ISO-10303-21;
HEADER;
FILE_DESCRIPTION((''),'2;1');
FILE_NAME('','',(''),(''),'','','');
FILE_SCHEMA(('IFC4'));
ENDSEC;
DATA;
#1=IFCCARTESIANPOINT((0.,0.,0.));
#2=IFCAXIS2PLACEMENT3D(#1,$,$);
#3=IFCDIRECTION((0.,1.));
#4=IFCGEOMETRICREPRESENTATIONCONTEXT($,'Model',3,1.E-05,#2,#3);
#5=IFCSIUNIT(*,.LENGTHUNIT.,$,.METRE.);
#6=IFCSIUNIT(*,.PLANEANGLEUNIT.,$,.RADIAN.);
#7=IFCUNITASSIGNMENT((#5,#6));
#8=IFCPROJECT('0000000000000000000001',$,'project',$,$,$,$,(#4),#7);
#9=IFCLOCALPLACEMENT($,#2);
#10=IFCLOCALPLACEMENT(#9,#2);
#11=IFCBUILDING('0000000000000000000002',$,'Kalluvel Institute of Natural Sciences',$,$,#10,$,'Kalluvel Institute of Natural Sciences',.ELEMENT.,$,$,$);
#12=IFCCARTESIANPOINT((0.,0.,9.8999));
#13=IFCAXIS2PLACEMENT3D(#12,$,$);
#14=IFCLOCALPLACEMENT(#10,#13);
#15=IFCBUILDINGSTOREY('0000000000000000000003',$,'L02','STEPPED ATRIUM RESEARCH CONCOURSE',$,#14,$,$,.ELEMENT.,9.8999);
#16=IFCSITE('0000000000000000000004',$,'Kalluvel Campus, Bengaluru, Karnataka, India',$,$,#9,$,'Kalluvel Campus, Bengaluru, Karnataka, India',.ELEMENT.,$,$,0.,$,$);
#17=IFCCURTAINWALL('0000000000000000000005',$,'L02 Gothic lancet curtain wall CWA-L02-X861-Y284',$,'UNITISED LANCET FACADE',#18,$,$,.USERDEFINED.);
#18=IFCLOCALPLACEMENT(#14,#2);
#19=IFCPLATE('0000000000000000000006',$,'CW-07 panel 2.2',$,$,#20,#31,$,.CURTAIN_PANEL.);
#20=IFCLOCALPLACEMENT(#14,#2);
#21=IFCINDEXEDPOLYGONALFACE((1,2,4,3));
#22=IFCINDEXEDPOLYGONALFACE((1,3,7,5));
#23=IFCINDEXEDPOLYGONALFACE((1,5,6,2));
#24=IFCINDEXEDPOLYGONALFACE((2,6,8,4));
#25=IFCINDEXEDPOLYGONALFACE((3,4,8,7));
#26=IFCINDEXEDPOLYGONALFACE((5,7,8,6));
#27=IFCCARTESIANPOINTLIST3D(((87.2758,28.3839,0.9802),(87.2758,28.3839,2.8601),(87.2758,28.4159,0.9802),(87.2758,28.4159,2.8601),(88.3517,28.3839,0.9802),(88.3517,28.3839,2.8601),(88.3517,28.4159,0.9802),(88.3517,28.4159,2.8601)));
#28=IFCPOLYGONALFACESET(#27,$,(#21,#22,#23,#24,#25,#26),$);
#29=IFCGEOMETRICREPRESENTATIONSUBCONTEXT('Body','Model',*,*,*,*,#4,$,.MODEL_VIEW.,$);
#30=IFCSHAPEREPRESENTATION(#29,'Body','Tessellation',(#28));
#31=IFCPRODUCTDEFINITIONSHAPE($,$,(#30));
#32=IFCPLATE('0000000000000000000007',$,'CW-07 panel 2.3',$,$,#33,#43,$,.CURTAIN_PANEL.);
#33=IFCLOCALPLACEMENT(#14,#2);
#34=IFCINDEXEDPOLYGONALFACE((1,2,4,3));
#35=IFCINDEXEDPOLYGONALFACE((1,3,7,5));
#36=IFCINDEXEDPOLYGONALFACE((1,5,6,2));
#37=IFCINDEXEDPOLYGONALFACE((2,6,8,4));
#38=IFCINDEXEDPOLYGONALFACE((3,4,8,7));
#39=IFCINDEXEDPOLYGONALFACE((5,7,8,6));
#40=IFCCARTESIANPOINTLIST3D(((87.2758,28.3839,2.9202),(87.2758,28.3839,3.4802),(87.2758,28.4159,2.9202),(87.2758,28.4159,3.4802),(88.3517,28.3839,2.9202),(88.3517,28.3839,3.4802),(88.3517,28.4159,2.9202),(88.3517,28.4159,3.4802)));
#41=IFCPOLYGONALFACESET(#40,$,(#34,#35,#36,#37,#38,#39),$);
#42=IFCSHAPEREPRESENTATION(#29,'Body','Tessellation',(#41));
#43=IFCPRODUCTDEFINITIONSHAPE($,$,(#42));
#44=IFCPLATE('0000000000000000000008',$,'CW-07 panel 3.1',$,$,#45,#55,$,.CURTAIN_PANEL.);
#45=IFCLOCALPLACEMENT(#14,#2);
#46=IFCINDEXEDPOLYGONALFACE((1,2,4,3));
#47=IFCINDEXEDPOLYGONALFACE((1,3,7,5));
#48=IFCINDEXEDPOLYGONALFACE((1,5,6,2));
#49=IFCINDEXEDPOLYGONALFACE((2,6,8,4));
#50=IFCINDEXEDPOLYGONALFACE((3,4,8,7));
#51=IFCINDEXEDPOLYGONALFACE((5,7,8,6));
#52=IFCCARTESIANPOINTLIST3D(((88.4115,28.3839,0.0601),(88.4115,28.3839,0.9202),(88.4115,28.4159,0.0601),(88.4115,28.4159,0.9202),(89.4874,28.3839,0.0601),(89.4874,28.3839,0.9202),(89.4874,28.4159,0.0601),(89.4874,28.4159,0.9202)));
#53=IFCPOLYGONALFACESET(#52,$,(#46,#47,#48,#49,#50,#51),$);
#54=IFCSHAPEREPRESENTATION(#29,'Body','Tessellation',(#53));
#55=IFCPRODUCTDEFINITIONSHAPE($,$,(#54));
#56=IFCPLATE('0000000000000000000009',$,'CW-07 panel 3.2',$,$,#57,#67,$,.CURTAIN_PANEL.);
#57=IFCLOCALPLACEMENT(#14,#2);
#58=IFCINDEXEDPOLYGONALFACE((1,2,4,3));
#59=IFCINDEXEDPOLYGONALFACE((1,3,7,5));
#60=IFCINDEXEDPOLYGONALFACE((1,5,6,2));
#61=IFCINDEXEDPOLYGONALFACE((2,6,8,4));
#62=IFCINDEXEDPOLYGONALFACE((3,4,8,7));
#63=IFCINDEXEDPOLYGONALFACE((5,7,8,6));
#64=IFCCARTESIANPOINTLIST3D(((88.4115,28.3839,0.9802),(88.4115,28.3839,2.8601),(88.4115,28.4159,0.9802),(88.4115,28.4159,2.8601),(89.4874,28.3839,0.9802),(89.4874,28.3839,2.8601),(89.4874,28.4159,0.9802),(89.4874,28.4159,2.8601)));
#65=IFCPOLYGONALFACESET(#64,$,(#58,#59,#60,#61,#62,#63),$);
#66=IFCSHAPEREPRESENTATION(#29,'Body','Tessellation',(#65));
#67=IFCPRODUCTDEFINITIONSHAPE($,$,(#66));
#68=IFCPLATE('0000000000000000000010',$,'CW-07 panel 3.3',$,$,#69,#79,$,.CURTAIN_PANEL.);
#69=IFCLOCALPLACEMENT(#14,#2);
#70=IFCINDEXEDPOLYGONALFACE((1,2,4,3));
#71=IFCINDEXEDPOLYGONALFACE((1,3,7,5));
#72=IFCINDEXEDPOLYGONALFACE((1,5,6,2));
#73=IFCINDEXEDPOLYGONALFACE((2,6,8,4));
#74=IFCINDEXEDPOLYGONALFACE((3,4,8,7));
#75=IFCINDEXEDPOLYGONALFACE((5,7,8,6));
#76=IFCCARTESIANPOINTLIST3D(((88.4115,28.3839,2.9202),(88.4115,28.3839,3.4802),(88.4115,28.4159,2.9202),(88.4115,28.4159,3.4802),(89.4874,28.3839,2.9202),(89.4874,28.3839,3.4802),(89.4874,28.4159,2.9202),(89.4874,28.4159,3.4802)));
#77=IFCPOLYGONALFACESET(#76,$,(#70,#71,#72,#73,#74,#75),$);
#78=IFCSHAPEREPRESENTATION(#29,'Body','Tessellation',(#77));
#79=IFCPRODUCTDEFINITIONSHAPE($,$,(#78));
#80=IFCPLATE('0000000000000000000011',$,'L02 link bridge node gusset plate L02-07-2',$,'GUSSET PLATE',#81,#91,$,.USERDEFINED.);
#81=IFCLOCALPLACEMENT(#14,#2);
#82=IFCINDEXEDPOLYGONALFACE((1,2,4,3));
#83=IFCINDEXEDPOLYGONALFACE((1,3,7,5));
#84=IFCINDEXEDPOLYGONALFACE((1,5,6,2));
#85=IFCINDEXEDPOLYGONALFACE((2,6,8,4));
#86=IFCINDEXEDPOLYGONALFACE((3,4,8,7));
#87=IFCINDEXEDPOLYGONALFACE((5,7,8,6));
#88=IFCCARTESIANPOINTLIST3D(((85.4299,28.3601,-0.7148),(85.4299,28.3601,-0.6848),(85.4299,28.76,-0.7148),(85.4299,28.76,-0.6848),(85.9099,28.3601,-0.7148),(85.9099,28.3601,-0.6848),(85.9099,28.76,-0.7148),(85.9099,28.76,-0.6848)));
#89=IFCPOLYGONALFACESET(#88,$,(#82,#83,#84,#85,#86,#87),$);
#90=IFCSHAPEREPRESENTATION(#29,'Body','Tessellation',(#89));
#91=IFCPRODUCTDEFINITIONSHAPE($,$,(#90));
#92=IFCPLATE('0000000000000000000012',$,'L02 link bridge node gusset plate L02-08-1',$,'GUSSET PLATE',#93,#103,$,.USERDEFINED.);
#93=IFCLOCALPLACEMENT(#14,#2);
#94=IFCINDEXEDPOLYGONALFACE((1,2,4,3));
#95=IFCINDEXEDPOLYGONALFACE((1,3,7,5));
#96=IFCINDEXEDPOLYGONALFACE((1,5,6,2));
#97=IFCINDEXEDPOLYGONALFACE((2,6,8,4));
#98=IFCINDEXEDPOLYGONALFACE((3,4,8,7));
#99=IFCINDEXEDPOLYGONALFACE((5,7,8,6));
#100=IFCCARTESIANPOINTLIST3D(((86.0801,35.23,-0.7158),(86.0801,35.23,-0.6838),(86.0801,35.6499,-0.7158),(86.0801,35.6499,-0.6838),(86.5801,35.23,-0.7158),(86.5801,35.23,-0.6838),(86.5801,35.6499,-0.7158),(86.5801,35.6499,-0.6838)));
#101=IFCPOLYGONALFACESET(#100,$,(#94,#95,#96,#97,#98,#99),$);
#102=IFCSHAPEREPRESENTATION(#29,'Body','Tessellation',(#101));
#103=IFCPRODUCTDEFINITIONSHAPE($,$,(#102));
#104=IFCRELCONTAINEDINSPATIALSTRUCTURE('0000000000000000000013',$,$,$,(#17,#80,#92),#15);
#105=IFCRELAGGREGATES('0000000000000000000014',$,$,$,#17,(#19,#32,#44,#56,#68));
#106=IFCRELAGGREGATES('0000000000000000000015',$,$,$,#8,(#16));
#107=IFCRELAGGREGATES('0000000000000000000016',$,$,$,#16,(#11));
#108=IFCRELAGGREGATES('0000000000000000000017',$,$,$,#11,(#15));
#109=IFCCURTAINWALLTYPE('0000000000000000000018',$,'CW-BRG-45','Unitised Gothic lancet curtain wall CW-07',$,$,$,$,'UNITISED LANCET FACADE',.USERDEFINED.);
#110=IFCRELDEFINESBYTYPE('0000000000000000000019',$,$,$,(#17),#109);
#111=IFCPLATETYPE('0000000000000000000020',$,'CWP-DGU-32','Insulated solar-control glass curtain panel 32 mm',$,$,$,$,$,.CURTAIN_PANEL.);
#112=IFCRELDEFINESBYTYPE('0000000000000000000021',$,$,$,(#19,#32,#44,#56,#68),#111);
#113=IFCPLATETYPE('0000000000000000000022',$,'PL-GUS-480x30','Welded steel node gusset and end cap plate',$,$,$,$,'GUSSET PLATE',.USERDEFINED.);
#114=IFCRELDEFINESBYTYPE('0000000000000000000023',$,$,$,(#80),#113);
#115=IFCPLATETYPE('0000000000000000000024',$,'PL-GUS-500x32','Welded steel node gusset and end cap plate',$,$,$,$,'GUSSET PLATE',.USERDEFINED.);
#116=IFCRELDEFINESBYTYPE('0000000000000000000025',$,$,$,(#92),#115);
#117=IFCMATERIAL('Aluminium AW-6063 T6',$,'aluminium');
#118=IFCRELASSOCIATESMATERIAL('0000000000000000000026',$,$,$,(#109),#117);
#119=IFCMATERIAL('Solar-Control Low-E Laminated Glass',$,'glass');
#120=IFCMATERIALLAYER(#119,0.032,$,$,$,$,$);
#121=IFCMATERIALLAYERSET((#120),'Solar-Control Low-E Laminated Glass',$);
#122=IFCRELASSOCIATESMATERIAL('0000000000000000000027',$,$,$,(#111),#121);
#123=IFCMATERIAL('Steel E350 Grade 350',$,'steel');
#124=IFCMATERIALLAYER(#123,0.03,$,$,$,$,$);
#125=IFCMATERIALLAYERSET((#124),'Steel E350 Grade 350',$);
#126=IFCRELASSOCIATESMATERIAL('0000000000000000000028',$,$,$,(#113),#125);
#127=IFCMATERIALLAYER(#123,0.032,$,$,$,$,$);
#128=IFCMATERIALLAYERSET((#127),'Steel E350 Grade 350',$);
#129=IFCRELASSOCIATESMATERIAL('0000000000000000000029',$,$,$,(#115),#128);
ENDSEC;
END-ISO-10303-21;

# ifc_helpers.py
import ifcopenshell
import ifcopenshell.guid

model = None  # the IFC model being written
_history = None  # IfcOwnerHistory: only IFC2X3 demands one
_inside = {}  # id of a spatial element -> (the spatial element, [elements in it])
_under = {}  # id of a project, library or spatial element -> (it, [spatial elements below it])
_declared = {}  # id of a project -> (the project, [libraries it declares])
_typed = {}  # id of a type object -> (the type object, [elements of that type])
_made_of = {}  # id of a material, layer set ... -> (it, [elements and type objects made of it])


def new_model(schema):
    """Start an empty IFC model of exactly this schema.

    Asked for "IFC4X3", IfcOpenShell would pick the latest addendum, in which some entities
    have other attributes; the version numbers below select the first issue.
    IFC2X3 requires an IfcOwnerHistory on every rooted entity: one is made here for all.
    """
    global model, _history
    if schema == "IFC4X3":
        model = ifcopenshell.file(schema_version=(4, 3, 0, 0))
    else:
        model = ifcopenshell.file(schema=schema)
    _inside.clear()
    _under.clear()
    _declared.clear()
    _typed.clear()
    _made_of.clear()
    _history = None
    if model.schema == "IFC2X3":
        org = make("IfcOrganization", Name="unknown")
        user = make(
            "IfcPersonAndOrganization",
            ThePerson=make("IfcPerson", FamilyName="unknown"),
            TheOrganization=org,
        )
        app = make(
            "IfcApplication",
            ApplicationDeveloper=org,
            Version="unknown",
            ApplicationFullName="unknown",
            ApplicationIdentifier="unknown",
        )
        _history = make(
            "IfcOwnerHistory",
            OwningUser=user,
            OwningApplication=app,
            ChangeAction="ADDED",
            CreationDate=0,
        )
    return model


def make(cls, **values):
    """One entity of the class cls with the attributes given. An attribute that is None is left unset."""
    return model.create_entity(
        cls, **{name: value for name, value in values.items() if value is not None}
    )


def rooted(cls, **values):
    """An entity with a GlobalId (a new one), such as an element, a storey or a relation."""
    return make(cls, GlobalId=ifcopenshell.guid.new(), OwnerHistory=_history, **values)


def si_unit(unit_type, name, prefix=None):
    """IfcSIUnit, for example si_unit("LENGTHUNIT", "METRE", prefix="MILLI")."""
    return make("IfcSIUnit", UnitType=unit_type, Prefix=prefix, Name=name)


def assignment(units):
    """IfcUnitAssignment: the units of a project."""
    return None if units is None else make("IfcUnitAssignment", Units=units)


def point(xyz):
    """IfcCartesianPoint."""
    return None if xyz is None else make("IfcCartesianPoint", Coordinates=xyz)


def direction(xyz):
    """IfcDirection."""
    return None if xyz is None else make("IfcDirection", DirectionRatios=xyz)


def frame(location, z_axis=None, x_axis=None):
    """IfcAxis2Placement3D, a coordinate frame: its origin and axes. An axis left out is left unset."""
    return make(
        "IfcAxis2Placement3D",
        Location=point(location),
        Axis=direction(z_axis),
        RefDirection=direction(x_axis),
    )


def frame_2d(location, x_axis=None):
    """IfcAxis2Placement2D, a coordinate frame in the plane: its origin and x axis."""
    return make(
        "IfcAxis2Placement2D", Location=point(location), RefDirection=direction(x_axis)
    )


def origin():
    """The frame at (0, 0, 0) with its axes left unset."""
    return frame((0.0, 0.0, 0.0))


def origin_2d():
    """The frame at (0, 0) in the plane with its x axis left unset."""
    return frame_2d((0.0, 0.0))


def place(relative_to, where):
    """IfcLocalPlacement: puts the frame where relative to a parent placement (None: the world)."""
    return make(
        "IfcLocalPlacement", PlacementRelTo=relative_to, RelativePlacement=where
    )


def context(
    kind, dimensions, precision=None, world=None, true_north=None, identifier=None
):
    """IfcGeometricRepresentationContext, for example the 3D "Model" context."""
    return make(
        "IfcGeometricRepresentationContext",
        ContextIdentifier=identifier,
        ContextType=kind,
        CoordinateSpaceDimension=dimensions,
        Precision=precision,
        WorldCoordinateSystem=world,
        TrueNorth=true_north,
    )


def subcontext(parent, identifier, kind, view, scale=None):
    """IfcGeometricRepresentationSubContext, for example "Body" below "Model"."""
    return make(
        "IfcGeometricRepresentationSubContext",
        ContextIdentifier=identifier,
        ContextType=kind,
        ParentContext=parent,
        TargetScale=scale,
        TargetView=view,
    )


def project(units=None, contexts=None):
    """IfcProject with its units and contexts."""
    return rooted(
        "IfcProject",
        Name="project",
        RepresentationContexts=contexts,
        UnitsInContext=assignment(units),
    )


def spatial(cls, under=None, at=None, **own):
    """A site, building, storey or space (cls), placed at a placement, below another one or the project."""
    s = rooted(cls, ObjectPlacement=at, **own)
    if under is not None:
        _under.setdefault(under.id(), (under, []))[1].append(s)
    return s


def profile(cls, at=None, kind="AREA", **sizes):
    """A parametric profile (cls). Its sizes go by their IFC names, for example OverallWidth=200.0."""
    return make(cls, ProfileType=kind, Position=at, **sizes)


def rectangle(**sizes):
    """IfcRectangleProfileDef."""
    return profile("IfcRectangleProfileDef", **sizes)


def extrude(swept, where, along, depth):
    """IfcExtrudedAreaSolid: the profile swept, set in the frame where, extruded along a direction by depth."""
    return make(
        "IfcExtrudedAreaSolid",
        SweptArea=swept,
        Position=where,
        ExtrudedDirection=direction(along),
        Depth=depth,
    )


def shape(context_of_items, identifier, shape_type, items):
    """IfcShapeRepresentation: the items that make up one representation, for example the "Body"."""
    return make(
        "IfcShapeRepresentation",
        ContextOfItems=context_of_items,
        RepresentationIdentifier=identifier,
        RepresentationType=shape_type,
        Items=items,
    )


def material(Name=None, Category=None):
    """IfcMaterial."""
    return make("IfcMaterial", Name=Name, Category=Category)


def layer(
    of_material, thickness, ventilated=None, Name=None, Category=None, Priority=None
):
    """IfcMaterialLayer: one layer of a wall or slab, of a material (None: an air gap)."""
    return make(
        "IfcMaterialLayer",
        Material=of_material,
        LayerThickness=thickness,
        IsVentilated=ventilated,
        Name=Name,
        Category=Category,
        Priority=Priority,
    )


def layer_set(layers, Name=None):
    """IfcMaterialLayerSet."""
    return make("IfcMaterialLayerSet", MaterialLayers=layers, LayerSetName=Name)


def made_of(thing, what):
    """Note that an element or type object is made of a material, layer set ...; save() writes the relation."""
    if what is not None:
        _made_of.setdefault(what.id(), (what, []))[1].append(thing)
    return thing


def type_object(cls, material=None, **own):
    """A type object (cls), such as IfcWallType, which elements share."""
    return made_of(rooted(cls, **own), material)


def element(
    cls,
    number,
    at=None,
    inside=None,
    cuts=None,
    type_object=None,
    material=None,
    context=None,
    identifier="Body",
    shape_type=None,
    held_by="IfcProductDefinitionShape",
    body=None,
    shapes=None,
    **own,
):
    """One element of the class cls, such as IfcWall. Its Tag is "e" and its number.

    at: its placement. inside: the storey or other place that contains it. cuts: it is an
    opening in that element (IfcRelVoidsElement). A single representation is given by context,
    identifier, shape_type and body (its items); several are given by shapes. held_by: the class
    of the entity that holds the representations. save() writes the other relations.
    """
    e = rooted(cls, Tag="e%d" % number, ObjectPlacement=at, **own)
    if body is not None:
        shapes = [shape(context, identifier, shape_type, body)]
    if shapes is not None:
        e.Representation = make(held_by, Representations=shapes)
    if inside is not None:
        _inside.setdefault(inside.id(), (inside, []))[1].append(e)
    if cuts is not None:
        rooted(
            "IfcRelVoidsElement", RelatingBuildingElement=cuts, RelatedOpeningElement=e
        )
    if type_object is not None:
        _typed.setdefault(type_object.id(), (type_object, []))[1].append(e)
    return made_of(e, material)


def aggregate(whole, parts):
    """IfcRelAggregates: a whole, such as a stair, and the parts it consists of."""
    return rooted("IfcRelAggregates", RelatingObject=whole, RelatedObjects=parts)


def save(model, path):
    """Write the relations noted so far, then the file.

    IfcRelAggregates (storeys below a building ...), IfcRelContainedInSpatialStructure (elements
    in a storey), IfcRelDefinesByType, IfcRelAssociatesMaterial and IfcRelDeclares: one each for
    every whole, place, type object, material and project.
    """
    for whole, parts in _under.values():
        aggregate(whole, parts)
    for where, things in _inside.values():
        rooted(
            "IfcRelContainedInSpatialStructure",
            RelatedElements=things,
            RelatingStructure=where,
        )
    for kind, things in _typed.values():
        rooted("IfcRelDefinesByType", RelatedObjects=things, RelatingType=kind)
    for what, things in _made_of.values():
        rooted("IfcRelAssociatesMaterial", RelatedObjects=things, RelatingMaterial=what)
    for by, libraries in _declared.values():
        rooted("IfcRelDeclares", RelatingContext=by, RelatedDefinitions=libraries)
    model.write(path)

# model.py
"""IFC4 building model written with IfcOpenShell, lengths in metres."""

from ifc_helpers import new_model, si_unit, direction, frame, origin, origin_2d, place, context, subcontext, project, spatial, rectangle, extrude, material, layer, layer_set, type_object, element, aggregate, save


model = new_model("IFC4")

# Units and contexts
model_context = context("Model", 3, precision=1e-05, world=origin(), true_north=direction((0.0, 1.0)))
body_context = subcontext(model_context, "Body", "Model", "MODEL_VIEW")
ifc_project = project(units=[si_unit("LENGTHUNIT", "METRE"), si_unit("PLANEANGLEUNIT", "RADIAN")], contexts=[model_context])

# Site, building, storey
site_placement = place(None, origin())
site = spatial("IfcSite", under=ifc_project, at=site_placement, Name="Kalluvel Campus, Bengaluru, Karnataka, India", LongName="Kalluvel Campus, Bengaluru, Karnataka, India", CompositionType="ELEMENT", RefElevation=0.0)
building_placement = place(site_placement, origin())
building = spatial("IfcBuilding", under=site, at=building_placement, Name="Kalluvel Institute of Natural Sciences", LongName="Kalluvel Institute of Natural Sciences", CompositionType="ELEMENT")
storey_placement = place(building_placement, frame((0.0, 0.0, 9.8999)))
storey = spatial("IfcBuildingStorey", under=building, at=storey_placement, Name="L02", Description="STEPPED ATRIUM RESEARCH CONCOURSE", CompositionType="ELEMENT", Elevation=9.8999)

# Shared definitions
ifc_material_1 = material(Name="Steel E350 Grade 350", Category="steel")

# Curtain wall, plates
ifc_material_2 = material(Name="Aluminium AW-6063 T6", Category="aluminium")
curtain_wall_type = type_object("IfcCurtainWallType", Name="CW-BRG-45", Description="Unitised Gothic lancet curtain wall CW-07", ElementType="UNITISED LANCET FACADE", PredefinedType="USERDEFINED", material=ifc_material_2)
curtain_wall_placement = place(storey_placement, origin())
curtain_wall = element("IfcCurtainWall", 1, at=curtain_wall_placement, inside=storey, type_object=curtain_wall_type, Name="L02 Gothic lancet curtain wall CWA-L02-X861-Y284", ObjectType="UNITISED LANCET FACADE", PredefinedType="USERDEFINED")
ifc_material_3 = material(Name="Solar-Control Low-E Laminated Glass", Category="glass")
ifc_layer_1 = layer(ifc_material_3, 0.032)
ifc_layer_set_1 = layer_set([ifc_layer_1], Name="Solar-Control Low-E Laminated Glass")
plate_type_1 = type_object("IfcPlateType", Name="CWP-DGU-32", Description="Insulated solar-control glass curtain panel 32 mm", PredefinedType="CURTAIN_PANEL", material=ifc_layer_set_1)
plate_1_placement = place(storey_placement, frame((87.8137, 28.3999, 0.9802), z_axis=(0.0, 0.0, 1.0), x_axis=(1.0, 0.0, 0.0)))
plate_1 = element("IfcPlate", 2, at=plate_1_placement, type_object=plate_type_1, Name="CW-07 panel 2.2", PredefinedType="CURTAIN_PANEL", context=body_context, shape_type="SweptSolid", body=[
    extrude(rectangle(XDim=1.0759, YDim=0.032, at=origin_2d()), origin(), (0.0, 0.0, 1.0), 1.8799),
])
plate_2_placement = place(storey_placement, frame((87.8137, 28.3999, 2.9202), z_axis=(0.0, 0.0, 1.0), x_axis=(1.0, 0.0, 0.0)))
plate_2 = element("IfcPlate", 3, at=plate_2_placement, type_object=plate_type_1, Name="CW-07 panel 2.3", PredefinedType="CURTAIN_PANEL", context=body_context, shape_type="SweptSolid", body=[
    extrude(rectangle(XDim=1.0759, YDim=0.032, at=origin_2d()), origin(), (0.0, 0.0, 1.0), 0.5601),
])
plate_3_placement = place(storey_placement, frame((88.9495, 28.3999, 0.0601), z_axis=(0.0, 0.0, 1.0), x_axis=(1.0, 0.0, 0.0)))
plate_3 = element("IfcPlate", 4, at=plate_3_placement, type_object=plate_type_1, Name="CW-07 panel 3.1", PredefinedType="CURTAIN_PANEL", context=body_context, shape_type="SweptSolid", body=[
    extrude(rectangle(XDim=1.0759, YDim=0.032, at=origin_2d()), origin(), (0.0, 0.0, 1.0), 0.8601),
])
plate_4_placement = place(storey_placement, frame((88.9495, 28.3999, 0.9802), z_axis=(0.0, 0.0, 1.0), x_axis=(1.0, 0.0, 0.0)))
plate_4 = element("IfcPlate", 5, at=plate_4_placement, type_object=plate_type_1, Name="CW-07 panel 3.2", PredefinedType="CURTAIN_PANEL", context=body_context, shape_type="SweptSolid", body=[
    extrude(rectangle(XDim=1.0759, YDim=0.032, at=origin_2d()), origin(), (0.0, 0.0, 1.0), 1.8799),
])
plate_5_placement = place(storey_placement, frame((88.9495, 28.3999, 2.9202), z_axis=(0.0, 0.0, 1.0), x_axis=(1.0, 0.0, 0.0)))
plate_5 = element("IfcPlate", 6, at=plate_5_placement, type_object=plate_type_1, Name="CW-07 panel 3.3", PredefinedType="CURTAIN_PANEL", context=body_context, shape_type="SweptSolid", body=[
    extrude(rectangle(XDim=1.0759, YDim=0.032, at=origin_2d()), origin(), (0.0, 0.0, 1.0), 0.5601),
])
aggregate(curtain_wall, [plate_1, plate_2, plate_3, plate_4, plate_5])

# Plates
ifc_layer_2 = layer(ifc_material_1, 0.03)
ifc_layer_set_2 = layer_set([ifc_layer_2], Name="Steel E350 Grade 350")
plate_type_2 = type_object("IfcPlateType", Name="PL-GUS-480x30", Description="Welded steel node gusset and end cap plate", ElementType="GUSSET PLATE", PredefinedType="USERDEFINED", material=ifc_layer_set_2)
plate_6_placement = place(storey_placement, frame((85.6699, 28.5601, -0.7148), z_axis=(0.0, 0.0, 1.0), x_axis=(1.0, 0.0, 0.0)))
element("IfcPlate", 7, at=plate_6_placement, inside=storey, type_object=plate_type_2, Name="L02 link bridge node gusset plate L02-07-2", ObjectType="GUSSET PLATE", PredefinedType="USERDEFINED", context=body_context, shape_type="SweptSolid", body=[
    extrude(rectangle(XDim=0.48, YDim=0.3999, at=origin_2d()), origin(), (0.0, 0.0, 1.0), 0.03),
])
ifc_layer_3 = layer(ifc_material_1, 0.032)
ifc_layer_set_3 = layer_set([ifc_layer_3], Name="Steel E350 Grade 350")
plate_type_3 = type_object("IfcPlateType", Name="PL-GUS-500x32", Description="Welded steel node gusset and end cap plate", ElementType="GUSSET PLATE", PredefinedType="USERDEFINED", material=ifc_layer_set_3)
plate_7_placement = place(storey_placement, frame((86.3301, 35.4399, -0.7158), z_axis=(0.0, 0.0, 1.0), x_axis=(1.0, 0.0, 0.0)))
element("IfcPlate", 8, at=plate_7_placement, inside=storey, type_object=plate_type_3, Name="L02 link bridge node gusset plate L02-08-1", ObjectType="GUSSET PLATE", PredefinedType="USERDEFINED", context=body_context, shape_type="SweptSolid", body=[
    extrude(rectangle(XDim=0.5, YDim=0.4199, at=origin_2d()), origin(), (0.0, 0.0, 1.0), 0.032),
])

save(model, "model.ifc")
